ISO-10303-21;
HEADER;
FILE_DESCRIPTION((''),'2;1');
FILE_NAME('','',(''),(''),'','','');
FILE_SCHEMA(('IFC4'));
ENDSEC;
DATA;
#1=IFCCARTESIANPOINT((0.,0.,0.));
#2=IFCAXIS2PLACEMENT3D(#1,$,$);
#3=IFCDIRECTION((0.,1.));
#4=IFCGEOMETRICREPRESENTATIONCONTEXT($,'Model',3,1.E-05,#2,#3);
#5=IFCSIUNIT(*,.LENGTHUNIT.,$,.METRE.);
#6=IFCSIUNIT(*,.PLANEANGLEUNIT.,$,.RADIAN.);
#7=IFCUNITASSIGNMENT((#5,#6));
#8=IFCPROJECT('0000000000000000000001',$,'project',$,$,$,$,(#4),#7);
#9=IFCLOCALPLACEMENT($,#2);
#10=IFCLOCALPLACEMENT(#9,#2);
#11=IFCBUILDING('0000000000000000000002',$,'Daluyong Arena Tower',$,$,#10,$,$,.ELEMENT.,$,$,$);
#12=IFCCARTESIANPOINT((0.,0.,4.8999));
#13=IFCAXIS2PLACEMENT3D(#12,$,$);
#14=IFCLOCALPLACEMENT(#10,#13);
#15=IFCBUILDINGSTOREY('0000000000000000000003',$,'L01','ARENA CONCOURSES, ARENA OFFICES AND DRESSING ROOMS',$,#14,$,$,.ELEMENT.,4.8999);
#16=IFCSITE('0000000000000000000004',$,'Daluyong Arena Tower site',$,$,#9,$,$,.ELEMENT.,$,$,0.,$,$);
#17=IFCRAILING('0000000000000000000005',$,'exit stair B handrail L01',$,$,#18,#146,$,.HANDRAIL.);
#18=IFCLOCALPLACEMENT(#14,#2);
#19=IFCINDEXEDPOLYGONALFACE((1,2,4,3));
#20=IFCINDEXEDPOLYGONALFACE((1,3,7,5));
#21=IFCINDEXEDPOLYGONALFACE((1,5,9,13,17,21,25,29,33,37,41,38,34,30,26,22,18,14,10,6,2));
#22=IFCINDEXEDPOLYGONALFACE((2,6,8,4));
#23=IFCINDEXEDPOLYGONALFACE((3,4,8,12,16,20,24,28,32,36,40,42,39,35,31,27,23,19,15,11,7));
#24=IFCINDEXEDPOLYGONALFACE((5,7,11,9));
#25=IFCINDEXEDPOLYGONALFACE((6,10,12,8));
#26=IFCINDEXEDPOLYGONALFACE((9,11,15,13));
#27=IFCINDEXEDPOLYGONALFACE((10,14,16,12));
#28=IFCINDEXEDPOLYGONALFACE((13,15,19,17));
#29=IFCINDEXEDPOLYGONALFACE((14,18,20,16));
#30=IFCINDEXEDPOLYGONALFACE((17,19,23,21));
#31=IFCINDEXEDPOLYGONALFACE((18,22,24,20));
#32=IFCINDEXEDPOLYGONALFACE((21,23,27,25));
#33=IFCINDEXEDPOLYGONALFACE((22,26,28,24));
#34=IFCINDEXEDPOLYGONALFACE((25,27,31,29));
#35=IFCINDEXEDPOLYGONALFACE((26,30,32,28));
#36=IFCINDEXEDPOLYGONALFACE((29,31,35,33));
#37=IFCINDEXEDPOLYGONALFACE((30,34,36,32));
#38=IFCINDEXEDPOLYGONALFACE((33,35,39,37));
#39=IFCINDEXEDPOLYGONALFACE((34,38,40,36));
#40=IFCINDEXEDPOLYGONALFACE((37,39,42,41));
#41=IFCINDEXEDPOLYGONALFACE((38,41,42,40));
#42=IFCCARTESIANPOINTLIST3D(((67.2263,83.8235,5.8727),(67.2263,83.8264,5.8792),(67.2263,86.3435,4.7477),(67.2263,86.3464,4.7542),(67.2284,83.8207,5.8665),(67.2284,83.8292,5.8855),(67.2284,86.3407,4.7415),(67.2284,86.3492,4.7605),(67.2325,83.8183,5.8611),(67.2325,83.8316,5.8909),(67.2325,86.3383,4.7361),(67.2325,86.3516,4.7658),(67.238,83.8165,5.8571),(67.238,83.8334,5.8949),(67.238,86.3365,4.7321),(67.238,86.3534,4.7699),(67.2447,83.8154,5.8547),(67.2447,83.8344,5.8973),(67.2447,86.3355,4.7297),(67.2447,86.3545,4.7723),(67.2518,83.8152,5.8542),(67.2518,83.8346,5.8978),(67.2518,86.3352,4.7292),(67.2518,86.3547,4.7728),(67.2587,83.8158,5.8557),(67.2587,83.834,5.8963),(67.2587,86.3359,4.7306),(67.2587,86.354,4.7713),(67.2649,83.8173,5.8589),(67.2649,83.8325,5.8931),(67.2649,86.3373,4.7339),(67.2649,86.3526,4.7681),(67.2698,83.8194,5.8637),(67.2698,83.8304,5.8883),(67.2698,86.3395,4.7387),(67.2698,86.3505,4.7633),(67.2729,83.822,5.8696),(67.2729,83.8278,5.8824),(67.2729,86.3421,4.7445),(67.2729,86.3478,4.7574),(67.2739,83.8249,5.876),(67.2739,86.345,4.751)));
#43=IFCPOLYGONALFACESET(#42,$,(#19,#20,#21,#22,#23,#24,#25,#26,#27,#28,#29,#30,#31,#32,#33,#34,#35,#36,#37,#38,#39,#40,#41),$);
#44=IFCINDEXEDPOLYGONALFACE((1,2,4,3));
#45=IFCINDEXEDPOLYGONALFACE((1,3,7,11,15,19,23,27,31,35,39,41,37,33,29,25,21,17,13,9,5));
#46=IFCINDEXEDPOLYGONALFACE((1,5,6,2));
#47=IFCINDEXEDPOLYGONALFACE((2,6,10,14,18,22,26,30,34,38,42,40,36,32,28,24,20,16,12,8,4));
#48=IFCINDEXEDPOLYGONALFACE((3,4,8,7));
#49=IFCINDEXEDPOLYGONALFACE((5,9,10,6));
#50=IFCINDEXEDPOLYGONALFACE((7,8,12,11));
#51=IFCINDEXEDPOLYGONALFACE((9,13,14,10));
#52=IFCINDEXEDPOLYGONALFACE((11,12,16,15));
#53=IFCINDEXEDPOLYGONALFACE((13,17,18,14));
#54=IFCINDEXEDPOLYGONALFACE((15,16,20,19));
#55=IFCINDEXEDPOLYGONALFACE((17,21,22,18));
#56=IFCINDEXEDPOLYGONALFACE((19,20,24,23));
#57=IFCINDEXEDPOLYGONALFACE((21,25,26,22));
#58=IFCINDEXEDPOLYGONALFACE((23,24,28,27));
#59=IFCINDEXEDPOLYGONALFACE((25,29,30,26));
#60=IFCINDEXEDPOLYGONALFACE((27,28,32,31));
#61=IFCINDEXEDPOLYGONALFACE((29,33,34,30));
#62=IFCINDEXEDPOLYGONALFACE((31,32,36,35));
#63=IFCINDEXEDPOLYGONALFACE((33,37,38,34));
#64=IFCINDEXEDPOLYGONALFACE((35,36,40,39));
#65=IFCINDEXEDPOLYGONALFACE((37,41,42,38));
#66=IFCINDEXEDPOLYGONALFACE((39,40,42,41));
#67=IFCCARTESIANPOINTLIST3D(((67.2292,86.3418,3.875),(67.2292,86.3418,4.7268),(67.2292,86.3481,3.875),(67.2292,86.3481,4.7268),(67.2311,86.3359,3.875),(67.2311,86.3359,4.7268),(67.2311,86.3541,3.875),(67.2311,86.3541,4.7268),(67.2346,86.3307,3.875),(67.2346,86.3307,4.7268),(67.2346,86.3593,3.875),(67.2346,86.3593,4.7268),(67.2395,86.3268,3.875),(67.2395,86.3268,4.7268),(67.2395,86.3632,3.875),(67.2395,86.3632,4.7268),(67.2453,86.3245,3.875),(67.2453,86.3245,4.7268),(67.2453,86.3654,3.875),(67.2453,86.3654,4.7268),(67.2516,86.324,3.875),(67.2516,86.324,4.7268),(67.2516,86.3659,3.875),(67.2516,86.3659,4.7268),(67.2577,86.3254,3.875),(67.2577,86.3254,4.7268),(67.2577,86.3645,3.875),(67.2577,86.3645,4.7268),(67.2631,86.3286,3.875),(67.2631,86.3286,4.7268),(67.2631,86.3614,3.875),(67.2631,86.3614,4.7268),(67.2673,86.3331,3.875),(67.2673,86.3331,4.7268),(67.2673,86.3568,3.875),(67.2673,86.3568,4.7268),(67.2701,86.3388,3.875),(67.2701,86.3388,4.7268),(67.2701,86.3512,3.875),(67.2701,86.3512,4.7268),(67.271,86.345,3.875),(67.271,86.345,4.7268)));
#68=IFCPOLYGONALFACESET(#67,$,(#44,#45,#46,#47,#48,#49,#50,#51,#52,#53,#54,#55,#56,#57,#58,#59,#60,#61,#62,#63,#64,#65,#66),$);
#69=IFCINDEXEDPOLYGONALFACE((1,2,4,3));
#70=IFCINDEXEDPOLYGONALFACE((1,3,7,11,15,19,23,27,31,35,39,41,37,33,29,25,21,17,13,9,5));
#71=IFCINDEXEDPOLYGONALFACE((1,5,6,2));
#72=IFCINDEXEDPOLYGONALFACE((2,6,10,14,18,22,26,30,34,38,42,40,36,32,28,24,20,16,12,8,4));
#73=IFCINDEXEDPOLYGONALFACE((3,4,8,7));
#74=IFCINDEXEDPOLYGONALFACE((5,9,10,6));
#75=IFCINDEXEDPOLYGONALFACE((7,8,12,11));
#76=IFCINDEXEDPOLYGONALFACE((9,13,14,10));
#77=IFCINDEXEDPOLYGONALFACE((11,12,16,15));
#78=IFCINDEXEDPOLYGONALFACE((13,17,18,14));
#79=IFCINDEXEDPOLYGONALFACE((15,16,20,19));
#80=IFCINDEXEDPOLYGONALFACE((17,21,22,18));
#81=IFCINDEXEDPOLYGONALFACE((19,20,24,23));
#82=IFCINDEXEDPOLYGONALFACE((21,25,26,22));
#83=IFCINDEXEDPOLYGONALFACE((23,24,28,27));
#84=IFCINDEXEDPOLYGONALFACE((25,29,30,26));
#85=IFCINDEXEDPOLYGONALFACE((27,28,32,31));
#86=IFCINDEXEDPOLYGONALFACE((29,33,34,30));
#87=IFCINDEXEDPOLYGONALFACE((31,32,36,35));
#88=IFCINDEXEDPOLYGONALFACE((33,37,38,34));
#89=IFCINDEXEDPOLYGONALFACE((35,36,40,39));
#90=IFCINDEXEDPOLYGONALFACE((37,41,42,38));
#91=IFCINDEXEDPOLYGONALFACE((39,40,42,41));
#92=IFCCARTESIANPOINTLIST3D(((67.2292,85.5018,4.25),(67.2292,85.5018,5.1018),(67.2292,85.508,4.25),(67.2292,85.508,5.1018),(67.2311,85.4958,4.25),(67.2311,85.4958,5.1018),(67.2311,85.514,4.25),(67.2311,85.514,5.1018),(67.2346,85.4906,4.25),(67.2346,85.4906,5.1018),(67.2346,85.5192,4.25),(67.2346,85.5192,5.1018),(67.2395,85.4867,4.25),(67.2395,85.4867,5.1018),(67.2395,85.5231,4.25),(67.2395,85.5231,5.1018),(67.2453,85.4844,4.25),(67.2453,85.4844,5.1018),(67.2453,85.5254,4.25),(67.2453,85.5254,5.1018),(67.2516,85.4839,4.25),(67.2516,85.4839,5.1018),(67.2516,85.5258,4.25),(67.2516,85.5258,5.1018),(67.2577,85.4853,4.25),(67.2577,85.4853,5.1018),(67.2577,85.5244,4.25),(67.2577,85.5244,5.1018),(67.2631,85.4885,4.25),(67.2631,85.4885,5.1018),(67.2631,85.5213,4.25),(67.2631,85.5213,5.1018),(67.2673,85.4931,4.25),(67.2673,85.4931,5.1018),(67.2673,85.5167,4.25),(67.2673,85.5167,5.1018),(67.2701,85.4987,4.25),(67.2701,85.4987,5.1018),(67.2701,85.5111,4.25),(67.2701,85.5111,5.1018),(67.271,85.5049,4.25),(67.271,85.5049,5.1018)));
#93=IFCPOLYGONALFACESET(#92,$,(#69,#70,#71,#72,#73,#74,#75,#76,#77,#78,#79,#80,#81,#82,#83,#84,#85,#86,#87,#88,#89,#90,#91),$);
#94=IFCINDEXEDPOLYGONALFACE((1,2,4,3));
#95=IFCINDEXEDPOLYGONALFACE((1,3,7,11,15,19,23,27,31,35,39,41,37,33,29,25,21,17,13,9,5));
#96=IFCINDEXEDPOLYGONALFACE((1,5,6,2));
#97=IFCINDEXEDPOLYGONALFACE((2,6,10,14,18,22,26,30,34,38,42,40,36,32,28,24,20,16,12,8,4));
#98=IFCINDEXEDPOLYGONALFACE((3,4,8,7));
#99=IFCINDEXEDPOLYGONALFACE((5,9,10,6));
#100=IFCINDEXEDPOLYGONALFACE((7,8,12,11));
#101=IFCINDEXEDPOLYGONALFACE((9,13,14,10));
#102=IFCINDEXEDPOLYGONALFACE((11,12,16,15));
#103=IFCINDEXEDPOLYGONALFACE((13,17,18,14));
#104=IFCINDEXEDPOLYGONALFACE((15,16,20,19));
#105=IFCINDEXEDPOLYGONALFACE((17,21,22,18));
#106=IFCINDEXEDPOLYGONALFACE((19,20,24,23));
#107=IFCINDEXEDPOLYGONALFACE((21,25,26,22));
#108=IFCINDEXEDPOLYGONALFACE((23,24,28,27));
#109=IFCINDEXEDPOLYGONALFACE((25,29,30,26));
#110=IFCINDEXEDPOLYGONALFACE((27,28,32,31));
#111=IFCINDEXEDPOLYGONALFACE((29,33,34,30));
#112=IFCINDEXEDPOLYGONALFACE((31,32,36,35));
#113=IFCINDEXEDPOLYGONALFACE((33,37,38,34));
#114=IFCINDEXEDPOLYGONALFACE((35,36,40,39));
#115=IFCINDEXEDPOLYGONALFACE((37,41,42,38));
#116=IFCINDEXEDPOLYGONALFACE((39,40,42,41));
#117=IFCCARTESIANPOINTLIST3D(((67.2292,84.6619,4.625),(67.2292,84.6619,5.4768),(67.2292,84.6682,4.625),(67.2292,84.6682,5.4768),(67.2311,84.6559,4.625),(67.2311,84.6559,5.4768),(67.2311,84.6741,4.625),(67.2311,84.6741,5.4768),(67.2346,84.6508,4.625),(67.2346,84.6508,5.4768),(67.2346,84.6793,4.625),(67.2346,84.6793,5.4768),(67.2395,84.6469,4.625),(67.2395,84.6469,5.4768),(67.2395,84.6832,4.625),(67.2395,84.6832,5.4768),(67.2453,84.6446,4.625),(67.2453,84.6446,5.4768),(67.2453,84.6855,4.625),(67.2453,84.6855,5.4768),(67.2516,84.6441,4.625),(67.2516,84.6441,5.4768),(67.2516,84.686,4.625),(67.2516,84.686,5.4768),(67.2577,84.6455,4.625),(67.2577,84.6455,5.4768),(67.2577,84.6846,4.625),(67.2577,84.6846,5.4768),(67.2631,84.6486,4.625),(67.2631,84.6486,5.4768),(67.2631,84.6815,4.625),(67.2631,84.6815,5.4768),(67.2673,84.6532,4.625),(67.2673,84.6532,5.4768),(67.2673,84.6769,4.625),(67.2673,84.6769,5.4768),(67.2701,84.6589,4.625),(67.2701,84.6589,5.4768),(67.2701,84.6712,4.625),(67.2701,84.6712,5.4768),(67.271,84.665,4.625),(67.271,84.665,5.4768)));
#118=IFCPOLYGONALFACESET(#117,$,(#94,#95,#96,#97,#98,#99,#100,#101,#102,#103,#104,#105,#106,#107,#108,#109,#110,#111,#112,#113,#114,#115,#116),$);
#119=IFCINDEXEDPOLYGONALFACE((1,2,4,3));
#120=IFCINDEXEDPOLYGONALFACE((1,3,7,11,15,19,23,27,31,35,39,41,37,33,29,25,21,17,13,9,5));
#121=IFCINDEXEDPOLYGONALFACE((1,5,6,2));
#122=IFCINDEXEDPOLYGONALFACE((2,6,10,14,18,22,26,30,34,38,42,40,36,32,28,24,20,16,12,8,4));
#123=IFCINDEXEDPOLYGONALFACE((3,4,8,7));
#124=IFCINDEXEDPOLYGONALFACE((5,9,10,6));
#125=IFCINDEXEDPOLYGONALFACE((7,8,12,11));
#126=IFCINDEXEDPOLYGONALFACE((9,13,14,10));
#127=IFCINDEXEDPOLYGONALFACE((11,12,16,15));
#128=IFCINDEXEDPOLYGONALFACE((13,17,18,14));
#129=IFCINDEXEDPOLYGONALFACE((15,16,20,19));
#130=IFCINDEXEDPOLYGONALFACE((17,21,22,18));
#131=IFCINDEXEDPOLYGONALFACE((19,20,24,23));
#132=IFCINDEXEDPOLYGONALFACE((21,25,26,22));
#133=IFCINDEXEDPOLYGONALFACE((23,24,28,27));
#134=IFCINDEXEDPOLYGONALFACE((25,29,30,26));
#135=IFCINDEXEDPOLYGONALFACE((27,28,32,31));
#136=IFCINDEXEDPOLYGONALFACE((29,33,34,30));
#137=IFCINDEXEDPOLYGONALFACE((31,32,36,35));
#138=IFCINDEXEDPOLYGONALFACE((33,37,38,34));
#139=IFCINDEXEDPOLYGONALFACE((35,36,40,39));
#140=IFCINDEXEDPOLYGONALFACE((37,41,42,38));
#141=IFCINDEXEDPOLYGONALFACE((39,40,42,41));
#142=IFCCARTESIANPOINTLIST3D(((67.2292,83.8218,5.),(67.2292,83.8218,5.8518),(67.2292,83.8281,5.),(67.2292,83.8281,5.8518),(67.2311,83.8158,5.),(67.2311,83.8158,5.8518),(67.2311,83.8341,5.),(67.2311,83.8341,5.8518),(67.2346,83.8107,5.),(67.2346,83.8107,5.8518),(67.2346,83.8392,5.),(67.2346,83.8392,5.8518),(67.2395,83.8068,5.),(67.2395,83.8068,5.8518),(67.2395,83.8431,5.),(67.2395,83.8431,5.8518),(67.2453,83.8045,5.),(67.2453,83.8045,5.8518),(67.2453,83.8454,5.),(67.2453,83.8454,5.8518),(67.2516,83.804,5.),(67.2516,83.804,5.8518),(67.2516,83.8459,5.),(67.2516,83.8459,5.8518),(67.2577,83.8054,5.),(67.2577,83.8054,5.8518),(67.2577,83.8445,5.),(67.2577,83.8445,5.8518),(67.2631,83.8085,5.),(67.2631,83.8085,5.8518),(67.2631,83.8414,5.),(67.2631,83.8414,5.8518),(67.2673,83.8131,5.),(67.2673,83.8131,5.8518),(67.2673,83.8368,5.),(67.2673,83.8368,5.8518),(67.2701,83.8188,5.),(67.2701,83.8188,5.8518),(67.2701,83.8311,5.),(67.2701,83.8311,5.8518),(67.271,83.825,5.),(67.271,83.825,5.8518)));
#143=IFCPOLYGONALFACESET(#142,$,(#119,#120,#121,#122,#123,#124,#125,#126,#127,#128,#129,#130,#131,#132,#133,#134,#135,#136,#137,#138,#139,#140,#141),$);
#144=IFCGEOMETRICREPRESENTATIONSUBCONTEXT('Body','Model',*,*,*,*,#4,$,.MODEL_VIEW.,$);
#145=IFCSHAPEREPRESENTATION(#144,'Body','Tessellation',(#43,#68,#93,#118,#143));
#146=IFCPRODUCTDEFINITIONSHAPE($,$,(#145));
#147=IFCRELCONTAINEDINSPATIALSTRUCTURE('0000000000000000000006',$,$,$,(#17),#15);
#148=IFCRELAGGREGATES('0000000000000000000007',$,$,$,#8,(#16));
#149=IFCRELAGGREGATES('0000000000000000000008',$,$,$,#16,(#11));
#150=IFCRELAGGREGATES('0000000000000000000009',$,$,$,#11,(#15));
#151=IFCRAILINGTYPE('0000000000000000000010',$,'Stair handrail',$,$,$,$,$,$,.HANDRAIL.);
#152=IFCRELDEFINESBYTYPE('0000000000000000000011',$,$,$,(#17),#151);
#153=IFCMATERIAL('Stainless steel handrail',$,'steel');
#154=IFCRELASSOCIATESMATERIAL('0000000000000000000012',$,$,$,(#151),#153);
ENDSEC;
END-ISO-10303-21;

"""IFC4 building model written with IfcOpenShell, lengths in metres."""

from ifc_helpers import new_model, si_unit, direction, frame, origin, origin_2d, place, context, subcontext, project, spatial, circle, extrude, material, type_object, element, save


model = new_model("IFC4")

# Units and contexts
model_context = context("Model", 3, precision=1e-05, world=origin(), true_north=direction((0.0, 1.0)))
body_context = subcontext(model_context, "Body", "Model", "MODEL_VIEW")
ifc_project = project(units=[si_unit("LENGTHUNIT", "METRE"), si_unit("PLANEANGLEUNIT", "RADIAN")], contexts=[model_context])

# Site, building, storey
site_placement = place(None, origin())
site = spatial("IfcSite", under=ifc_project, at=site_placement, Name="Daluyong Arena Tower site", CompositionType="ELEMENT", RefElevation=0.0)
building_placement = place(site_placement, origin())
building = spatial("IfcBuilding", under=site, at=building_placement, Name="Daluyong Arena Tower", CompositionType="ELEMENT")
storey_placement = place(building_placement, frame((0.0, 0.0, 4.8999)))
storey = spatial("IfcBuildingStorey", under=building, at=storey_placement, Name="L01", Description="ARENA CONCOURSES, ARENA OFFICES AND DRESSING ROOMS", CompositionType="ELEMENT", Elevation=4.8999)

# Railing
ifc_material_1 = material(Name="Stainless steel handrail", Category="steel")
railing_type_1 = type_object("IfcRailingType", Name="Stair handrail", PredefinedType="HANDRAIL", material=ifc_material_1)
for number, where, name in (
    (1, (67.25, 86.345, 3.875), "exit stair B handrail L01"),
):
    element("IfcRailing", number, at=place(storey_placement, frame(where)), inside=storey, type_object=railing_type_1, Name=name, PredefinedType="HANDRAIL", context=body_context, shape_type="SweptSolid", body=[
        extrude(circle(Radius=0.0239, at=origin_2d()), frame((0.0, 0.0, 0.876), z_axis=(0.0, -0.913139, 0.407648), x_axis=(1.0, 0.0, 0.0)), (0.0, 0.0, 1.0), 2.7598),
        extrude(circle(Radius=0.021, at=origin_2d()), origin(), (0.0, 0.0, 1.0), 0.8518),
        extrude(circle(Radius=0.021, at=origin_2d()), frame((0.0, -0.8401, 0.375)), (0.0, 0.0, 1.0), 0.8518),
        extrude(circle(Radius=0.021, at=origin_2d()), frame((0.0, -1.6799, 0.75)), (0.0, 0.0, 1.0), 0.8518),
        extrude(circle(Radius=0.021, at=origin_2d()), frame((0.0, -2.52, 1.125)), (0.0, 0.0, 1.0), 0.8518),
    ])

save(model, "model.ifc")
